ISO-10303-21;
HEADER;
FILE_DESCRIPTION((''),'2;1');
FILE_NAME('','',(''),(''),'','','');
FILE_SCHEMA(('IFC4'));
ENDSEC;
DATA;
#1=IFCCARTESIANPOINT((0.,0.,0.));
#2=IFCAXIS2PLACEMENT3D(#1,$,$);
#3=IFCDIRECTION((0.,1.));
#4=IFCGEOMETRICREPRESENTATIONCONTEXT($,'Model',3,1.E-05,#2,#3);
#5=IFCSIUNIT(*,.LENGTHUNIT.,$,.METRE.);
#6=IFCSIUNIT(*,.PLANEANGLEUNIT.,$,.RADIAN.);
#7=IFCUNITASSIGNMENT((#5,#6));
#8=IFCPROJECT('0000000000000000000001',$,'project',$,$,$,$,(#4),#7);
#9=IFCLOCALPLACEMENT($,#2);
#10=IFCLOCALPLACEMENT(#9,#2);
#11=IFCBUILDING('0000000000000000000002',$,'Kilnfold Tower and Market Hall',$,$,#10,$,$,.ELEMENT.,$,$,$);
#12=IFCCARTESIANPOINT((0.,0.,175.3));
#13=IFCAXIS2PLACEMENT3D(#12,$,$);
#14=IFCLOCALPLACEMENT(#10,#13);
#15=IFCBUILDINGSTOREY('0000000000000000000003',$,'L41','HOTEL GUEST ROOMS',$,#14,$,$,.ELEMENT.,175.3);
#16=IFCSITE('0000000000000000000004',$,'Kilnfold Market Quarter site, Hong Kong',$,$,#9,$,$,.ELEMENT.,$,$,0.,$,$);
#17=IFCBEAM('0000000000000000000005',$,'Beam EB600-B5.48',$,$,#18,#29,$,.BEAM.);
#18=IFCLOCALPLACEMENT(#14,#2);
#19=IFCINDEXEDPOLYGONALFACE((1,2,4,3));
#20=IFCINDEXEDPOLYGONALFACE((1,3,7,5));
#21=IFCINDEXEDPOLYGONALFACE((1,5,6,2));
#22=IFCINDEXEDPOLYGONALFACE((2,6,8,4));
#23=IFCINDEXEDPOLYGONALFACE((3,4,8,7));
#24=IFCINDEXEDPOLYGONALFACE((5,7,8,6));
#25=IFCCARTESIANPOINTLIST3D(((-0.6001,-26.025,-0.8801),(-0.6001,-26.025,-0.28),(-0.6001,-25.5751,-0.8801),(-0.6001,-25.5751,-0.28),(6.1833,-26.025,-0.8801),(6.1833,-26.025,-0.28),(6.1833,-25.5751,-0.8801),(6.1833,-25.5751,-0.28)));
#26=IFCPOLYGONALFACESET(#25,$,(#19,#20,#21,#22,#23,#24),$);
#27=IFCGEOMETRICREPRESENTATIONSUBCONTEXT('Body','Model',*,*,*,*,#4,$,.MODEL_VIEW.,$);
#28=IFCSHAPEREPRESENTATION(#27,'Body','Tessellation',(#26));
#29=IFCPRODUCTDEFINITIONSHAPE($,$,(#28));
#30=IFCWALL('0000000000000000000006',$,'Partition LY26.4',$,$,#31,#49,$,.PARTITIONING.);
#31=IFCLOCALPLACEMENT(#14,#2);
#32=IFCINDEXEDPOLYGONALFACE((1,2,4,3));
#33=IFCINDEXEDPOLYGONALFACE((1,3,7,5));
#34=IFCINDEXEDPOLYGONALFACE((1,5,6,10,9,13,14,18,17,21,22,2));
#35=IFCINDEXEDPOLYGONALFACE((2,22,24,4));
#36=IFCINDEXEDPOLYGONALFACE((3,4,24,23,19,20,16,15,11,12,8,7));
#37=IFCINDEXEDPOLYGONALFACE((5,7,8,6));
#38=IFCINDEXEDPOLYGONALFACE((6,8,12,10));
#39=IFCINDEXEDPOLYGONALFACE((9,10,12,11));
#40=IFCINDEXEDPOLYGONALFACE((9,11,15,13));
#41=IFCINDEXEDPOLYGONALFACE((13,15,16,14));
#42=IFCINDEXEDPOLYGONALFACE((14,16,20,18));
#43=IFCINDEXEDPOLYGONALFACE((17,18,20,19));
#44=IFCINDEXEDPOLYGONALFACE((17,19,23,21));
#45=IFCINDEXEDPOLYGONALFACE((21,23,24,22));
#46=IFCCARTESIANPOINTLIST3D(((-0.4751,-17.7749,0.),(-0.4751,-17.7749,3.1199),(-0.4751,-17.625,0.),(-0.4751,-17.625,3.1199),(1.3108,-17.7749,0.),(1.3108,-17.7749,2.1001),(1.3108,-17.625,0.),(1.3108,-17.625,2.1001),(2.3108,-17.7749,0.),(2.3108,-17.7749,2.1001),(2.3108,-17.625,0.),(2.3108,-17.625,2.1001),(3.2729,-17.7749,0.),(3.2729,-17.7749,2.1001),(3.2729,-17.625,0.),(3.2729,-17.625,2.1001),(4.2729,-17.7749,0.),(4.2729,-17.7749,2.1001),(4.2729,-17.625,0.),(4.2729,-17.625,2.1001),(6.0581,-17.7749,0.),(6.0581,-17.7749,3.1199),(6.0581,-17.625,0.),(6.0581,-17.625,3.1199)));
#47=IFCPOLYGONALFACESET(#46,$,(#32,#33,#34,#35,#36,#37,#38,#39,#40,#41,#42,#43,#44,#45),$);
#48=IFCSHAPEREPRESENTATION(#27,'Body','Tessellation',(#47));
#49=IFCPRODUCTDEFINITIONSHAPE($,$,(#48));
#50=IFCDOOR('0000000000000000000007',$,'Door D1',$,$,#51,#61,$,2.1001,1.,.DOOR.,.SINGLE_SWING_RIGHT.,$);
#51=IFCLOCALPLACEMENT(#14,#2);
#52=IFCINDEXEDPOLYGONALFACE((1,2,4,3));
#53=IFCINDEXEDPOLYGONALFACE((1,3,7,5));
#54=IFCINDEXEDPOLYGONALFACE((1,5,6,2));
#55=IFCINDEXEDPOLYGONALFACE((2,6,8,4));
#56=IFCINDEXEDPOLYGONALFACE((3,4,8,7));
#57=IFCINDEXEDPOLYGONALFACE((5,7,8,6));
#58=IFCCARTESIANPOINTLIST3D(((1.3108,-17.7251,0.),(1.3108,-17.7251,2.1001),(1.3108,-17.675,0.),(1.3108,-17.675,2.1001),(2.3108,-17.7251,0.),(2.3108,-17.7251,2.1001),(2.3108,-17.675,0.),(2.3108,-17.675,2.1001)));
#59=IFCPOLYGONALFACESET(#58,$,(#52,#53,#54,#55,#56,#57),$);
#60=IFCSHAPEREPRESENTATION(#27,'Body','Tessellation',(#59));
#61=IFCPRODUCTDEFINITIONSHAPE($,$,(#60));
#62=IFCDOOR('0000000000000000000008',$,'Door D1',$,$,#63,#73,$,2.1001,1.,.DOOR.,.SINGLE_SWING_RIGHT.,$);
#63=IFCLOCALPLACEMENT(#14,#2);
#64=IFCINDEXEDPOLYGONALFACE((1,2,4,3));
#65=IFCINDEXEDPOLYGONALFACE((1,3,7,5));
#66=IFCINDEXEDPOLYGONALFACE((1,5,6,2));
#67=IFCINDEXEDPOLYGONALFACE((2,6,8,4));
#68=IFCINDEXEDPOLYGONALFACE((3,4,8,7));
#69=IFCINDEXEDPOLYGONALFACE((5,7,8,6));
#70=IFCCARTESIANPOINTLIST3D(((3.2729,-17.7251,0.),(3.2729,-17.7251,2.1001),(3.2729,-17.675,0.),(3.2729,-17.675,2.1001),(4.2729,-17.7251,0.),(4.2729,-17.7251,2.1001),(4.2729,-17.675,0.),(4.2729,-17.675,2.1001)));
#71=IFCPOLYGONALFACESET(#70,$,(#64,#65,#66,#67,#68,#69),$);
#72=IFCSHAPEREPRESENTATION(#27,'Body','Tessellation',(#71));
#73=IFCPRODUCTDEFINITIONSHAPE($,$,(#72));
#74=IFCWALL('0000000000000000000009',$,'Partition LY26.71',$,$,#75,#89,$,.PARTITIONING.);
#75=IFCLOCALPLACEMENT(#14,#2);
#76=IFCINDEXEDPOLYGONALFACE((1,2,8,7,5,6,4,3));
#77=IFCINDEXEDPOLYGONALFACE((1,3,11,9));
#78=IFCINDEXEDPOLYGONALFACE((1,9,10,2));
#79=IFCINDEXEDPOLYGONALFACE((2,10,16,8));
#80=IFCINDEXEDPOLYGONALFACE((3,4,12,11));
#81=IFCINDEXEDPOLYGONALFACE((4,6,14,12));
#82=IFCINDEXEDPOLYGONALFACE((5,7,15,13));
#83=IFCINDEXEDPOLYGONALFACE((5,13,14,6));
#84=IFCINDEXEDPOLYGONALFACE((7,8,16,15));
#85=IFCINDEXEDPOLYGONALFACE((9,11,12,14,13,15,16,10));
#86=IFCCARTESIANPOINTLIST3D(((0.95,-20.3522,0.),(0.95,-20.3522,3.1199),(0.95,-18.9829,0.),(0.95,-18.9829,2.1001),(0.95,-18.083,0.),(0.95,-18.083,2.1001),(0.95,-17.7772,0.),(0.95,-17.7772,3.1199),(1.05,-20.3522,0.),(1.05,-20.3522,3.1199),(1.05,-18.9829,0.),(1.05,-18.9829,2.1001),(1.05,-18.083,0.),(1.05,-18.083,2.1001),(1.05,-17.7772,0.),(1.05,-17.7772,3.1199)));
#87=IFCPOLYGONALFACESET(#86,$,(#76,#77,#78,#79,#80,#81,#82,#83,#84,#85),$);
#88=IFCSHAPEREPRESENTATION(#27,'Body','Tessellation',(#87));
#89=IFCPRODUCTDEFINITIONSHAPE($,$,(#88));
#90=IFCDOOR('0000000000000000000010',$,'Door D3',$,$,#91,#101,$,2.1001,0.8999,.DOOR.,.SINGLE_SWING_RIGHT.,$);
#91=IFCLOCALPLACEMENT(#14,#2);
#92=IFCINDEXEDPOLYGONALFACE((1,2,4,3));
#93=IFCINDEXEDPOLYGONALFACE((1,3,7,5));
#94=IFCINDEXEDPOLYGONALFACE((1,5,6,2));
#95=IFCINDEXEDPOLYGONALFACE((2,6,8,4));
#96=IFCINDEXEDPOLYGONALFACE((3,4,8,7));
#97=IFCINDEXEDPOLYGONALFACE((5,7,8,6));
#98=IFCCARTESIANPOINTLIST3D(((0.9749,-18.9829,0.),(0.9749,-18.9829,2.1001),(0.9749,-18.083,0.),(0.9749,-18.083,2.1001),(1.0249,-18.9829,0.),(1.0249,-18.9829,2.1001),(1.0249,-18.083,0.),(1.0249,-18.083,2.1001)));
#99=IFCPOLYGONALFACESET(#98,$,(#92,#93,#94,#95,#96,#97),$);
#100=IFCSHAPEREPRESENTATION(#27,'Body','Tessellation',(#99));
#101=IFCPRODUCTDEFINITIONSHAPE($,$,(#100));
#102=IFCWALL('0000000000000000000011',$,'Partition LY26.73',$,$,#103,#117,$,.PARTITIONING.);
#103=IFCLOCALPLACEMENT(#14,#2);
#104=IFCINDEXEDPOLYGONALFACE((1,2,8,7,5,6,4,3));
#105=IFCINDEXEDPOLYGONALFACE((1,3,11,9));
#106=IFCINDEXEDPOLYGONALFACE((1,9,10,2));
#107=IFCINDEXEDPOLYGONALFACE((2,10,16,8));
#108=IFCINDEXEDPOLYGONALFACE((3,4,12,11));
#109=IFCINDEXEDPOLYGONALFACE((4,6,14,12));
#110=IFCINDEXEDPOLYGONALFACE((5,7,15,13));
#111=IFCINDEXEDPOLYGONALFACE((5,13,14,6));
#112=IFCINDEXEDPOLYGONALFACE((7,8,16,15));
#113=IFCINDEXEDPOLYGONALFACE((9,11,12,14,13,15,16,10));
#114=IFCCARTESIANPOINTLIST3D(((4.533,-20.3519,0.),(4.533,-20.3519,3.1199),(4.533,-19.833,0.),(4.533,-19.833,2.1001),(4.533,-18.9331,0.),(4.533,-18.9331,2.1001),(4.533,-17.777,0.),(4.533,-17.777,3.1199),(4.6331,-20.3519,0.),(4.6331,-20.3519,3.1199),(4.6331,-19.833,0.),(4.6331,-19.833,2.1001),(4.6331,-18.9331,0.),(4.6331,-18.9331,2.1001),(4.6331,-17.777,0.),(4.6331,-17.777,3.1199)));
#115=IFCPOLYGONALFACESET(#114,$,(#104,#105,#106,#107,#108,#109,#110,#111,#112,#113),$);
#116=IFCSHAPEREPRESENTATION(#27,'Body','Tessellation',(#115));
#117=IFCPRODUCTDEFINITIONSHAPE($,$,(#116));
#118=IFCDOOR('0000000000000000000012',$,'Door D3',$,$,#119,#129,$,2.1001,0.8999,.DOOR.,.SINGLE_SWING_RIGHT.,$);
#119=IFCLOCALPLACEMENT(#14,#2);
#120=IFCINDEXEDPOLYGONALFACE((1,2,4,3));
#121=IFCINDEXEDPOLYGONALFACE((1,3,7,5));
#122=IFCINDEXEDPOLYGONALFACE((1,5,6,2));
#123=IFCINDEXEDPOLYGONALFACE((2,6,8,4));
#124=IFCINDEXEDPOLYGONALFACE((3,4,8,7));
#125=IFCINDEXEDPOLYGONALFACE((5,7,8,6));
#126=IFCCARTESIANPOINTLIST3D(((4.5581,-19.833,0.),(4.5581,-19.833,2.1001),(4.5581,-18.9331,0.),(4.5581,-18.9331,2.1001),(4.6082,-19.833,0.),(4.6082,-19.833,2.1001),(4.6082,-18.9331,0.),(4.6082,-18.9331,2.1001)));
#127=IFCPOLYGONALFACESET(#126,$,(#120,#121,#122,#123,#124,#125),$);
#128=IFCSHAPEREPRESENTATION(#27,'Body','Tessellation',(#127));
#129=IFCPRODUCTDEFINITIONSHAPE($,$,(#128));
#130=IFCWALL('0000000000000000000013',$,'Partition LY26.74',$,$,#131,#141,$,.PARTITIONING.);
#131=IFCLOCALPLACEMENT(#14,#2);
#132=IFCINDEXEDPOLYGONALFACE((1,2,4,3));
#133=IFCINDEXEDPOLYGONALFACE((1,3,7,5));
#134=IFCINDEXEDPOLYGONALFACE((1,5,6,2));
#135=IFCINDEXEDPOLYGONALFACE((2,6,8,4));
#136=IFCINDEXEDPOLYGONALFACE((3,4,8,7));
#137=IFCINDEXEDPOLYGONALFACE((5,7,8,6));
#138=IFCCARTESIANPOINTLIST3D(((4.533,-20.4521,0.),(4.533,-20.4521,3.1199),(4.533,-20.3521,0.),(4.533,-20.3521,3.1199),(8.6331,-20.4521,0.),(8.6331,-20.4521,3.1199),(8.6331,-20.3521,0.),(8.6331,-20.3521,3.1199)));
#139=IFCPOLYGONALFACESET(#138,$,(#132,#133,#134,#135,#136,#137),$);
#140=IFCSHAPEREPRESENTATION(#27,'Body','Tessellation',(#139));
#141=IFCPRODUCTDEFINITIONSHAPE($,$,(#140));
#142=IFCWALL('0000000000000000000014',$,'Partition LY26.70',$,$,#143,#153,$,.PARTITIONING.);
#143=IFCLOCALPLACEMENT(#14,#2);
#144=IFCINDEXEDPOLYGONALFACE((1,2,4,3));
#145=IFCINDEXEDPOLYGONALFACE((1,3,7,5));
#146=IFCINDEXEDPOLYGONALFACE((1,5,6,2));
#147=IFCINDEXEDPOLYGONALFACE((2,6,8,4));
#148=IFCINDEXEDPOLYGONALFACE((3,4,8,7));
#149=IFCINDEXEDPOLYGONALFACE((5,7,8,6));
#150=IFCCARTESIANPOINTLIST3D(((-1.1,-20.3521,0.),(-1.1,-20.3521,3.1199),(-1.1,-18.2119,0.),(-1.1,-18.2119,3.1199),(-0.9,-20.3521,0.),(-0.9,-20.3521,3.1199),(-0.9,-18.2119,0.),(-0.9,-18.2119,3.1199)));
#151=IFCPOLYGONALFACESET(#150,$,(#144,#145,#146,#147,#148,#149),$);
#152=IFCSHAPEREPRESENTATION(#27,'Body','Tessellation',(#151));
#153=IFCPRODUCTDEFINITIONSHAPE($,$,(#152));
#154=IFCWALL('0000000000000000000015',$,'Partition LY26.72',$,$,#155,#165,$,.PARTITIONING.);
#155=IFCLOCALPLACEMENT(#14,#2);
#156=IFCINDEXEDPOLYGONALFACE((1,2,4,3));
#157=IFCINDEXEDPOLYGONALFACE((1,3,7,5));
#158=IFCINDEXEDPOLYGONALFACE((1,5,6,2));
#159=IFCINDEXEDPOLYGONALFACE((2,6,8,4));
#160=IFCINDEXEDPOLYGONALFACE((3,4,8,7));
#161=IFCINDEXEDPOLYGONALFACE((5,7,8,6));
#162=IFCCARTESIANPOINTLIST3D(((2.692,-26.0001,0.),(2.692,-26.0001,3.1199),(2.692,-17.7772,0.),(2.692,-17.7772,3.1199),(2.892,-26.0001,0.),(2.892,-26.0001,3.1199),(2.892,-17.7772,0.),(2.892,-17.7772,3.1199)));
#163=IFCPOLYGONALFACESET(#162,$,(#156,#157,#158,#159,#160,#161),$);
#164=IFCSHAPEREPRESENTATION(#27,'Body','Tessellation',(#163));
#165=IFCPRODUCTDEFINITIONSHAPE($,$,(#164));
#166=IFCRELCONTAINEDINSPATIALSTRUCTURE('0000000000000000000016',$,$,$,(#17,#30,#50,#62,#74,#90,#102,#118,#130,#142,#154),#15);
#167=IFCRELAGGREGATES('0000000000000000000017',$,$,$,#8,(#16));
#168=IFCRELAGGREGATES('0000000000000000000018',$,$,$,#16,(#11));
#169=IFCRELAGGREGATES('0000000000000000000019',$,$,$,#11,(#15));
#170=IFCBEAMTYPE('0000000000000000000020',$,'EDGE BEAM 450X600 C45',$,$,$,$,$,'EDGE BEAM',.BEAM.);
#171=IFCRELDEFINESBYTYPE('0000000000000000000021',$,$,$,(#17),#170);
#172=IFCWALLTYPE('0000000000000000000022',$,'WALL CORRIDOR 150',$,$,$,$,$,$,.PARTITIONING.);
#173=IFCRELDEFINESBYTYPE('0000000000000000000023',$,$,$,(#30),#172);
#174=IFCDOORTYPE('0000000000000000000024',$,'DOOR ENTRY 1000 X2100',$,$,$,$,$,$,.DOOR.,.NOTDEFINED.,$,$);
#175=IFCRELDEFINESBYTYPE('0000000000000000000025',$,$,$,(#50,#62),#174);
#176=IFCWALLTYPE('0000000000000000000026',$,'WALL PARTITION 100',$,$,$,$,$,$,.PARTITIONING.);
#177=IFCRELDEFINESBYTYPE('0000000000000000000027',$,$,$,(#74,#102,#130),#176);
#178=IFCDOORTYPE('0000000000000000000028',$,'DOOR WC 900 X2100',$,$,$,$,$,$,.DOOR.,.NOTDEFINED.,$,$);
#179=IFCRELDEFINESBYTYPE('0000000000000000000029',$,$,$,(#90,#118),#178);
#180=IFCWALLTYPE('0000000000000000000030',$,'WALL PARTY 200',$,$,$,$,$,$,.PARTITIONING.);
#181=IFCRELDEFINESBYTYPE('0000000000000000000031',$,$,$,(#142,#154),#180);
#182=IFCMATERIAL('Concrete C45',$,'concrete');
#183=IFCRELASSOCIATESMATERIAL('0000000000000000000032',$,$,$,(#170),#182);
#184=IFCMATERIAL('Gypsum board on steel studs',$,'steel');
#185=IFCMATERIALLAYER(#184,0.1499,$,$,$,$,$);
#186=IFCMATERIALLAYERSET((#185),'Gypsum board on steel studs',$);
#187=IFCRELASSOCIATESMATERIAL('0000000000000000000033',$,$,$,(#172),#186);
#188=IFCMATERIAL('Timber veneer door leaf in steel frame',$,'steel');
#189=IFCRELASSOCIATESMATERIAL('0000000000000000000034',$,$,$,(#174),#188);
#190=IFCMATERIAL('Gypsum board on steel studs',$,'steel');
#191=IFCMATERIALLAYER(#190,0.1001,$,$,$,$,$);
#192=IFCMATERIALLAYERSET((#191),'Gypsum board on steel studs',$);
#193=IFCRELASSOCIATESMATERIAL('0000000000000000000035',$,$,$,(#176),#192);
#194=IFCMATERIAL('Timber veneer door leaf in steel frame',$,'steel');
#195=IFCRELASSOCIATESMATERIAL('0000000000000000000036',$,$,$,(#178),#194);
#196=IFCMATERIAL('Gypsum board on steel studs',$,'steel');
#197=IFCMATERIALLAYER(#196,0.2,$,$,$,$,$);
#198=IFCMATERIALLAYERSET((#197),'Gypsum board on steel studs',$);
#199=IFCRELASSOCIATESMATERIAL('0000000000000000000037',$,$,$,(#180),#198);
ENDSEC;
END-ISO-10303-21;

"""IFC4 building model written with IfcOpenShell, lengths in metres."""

from ifc_helpers import new_model, si_unit, direction, frame, frame_2d, origin, origin_2d, place, context, subcontext, project, spatial, rectangle, extrude, source, transform, mapped, material, layer, layer_set, material_profile, profile_set, type_object, element, fill, save


model = new_model("IFC4")

# Units and contexts
model_context = context("Model", 3, precision=1e-05, world=origin(), true_north=direction((0.0, 1.0)))
body_context = subcontext(model_context, "Body", "Model", "MODEL_VIEW")
ifc_project = project(units=[si_unit("LENGTHUNIT", "METRE"), si_unit("PLANEANGLEUNIT", "RADIAN")], contexts=[model_context])

# Site, building, storey
site_placement = place(None, origin())
site = spatial("IfcSite", under=ifc_project, at=site_placement, Name="Kilnfold Market Quarter site, Hong Kong", CompositionType="ELEMENT", RefElevation=0.0)
building_placement = place(site_placement, origin())
building = spatial("IfcBuilding", under=site, at=building_placement, Name="Kilnfold Tower and Market Hall", CompositionType="ELEMENT")
storey_placement = place(building_placement, frame((0.0, 0.0, 175.3)))
storey = spatial("IfcBuildingStorey", under=building, at=storey_placement, Name="L41", Description="HOTEL GUEST ROOMS", CompositionType="ELEMENT", Elevation=175.3)

# Beam
ifc_material_1 = material(Name="Concrete C45", Category="concrete")
ifc_material_profile_1 = material_profile(ifc_material_1, rectangle(XDim=0.45, YDim=0.6001, at=origin_2d()), Name="RC 450x600")
ifc_profile_set_1 = profile_set([ifc_material_profile_1], Name="Concrete C45")
beam_type = type_object("IfcBeamType", Name="EDGE BEAM 450X600 C45", ElementType="EDGE BEAM", PredefinedType="BEAM", material=ifc_profile_set_1)
shared_shape_1 = source(origin(), body_context, "Body", "SweptSolid", [
    extrude(rectangle(XDim=0.45, YDim=0.6001, at=origin_2d()), origin(), (0.0, 0.0, 1.0), 6.7834),
])
beam_placement = place(storey_placement, frame((-0.6001, -25.8, -0.5801), z_axis=(1.0, 0.0, 0.0), x_axis=(0.0, 1.0, 0.0)))
element("IfcBeam", 1, at=beam_placement, inside=storey, type_object=beam_type, Name="Beam EB600-B5.48", PredefinedType="BEAM", context=body_context, shape_type="MappedRepresentation", body=[
    mapped(shared_shape_1, transform((0.0, 0.0, 0.0))),
])

# Wall, openings, doors
ifc_material_2 = material(Name="Gypsum board on steel studs", Category="steel")
ifc_layer_1 = layer(ifc_material_2, 0.1499)
ifc_layer_set_1 = layer_set([ifc_layer_1], Name="Gypsum board on steel studs")
wall_type_1 = type_object("IfcWallType", Name="WALL CORRIDOR 150", PredefinedType="PARTITIONING", material=ifc_layer_set_1)
wall_1_placement = place(storey_placement, frame((-0.4751, -17.7, 0.0), z_axis=(0.0, 0.0, 1.0), x_axis=(1.0, 0.0, 0.0)))
wall_1 = element("IfcWall", 2, at=wall_1_placement, inside=storey, type_object=wall_type_1, Name="Partition LY26.4", PredefinedType="PARTITIONING", context=body_context, shape_type="SweptSolid", body=[
    extrude(rectangle(XDim=6.5332, YDim=0.1499, at=frame_2d((3.2666, 0.0))), origin(), (0.0, 0.0, 1.0), 3.1199),
])
opening_1_placement = place(wall_1_placement, frame((1.7859, 0.0, 0.0)))
opening_1 = element("IfcOpeningElement", 3, at=opening_1_placement, cuts=wall_1, PredefinedType="OPENING", context=body_context, shape_type="SweptSolid", body=[
    extrude(rectangle(XDim=1.0, YDim=2.1001, at=frame_2d((0.5, 1.05))), frame((0.0, 0.085, 0.0), z_axis=(0.0, -1.0, 0.0), x_axis=(1.0, 0.0, 0.0)), (0.0, 0.0, 1.0), 0.1699),
])
opening_2_placement = place(wall_1_placement, frame((3.748, 0.0, 0.0)))
opening_2 = element("IfcOpeningElement", 4, at=opening_2_placement, cuts=wall_1, PredefinedType="OPENING", context=body_context, shape_type="SweptSolid", body=[
    extrude(rectangle(XDim=1.0, YDim=2.1001, at=frame_2d((0.5, 1.05))), frame((0.0, 0.085, 0.0), z_axis=(0.0, -1.0, 0.0), x_axis=(1.0, 0.0, 0.0)), (0.0, 0.0, 1.0), 0.1699),
])
ifc_material_3 = material(Name="Timber veneer door leaf in steel frame", Category="steel")
door_type_1 = type_object("IfcDoorType", Name="DOOR ENTRY 1000 X2100", OperationType="NOTDEFINED", PredefinedType="DOOR", material=ifc_material_3)
door_1_placement = place(opening_1_placement, origin())
door_1 = element("IfcDoor", 5, at=door_1_placement, inside=storey, type_object=door_type_1, Name="Door D1", OperationType="SINGLE_SWING_RIGHT", OverallHeight=2.1001, OverallWidth=1.0, PredefinedType="DOOR", context=body_context, shape_type="SweptSolid", body=[
    extrude(rectangle(XDim=1.0, YDim=2.1001, at=frame_2d((0.5, 1.05))), frame((0.0, 0.0249, 0.0), z_axis=(0.0, -1.0, 0.0), x_axis=(1.0, 0.0, 0.0)), (0.0, 0.0, 1.0), 0.05),
])
fill(opening_1, door_1)
door_2_placement = place(opening_2_placement, origin())
door_2 = element("IfcDoor", 6, at=door_2_placement, inside=storey, type_object=door_type_1, Name="Door D1", OperationType="SINGLE_SWING_RIGHT", OverallHeight=2.1001, OverallWidth=1.0, PredefinedType="DOOR", context=body_context, shape_type="SweptSolid", body=[
    extrude(rectangle(XDim=1.0, YDim=2.1001, at=frame_2d((0.5, 1.05))), frame((0.0, 0.0249, 0.0), z_axis=(0.0, -1.0, 0.0), x_axis=(1.0, 0.0, 0.0)), (0.0, 0.0, 1.0), 0.05),
])
fill(opening_2, door_2)

# Walls, openings, doors
ifc_material_4 = material(Name="Gypsum board on steel studs", Category="steel")
ifc_layer_2 = layer(ifc_material_4, 0.1001)
ifc_layer_set_2 = layer_set([ifc_layer_2], Name="Gypsum board on steel studs")
wall_type_2 = type_object("IfcWallType", Name="WALL PARTITION 100", PredefinedType="PARTITIONING", material=ifc_layer_set_2)
wall_2_placement = place(storey_placement, frame((1.0, -17.7771, 0.0), z_axis=(0.0, 0.0, 1.0), x_axis=(0.0, -1.0, 0.0)))
wall_2 = element("IfcWall", 7, at=wall_2_placement, inside=storey, type_object=wall_type_2, Name="Partition LY26.71", PredefinedType="PARTITIONING", context=body_context, shape_type="SweptSolid", body=[
    extrude(rectangle(XDim=2.575, YDim=0.1001, at=frame_2d((1.2876, 0.0))), origin(), (0.0, 0.0, 1.0), 3.1199),
])
opening_3_placement = place(wall_2_placement, frame((0.3059, 0.0, 0.0)))
opening_3 = element("IfcOpeningElement", 8, at=opening_3_placement, cuts=wall_2, PredefinedType="OPENING", context=body_context, shape_type="SweptSolid", body=[
    extrude(rectangle(XDim=0.8999, YDim=2.1001, at=frame_2d((0.45, 1.05))), frame((0.0, 0.0601, 0.0), z_axis=(0.0, -1.0, 0.0), x_axis=(1.0, 0.0, 0.0)), (0.0, 0.0, 1.0), 0.1201),
])
ifc_material_5 = material(Name="Timber veneer door leaf in steel frame", Category="steel")
door_type_2 = type_object("IfcDoorType", Name="DOOR WC 900 X2100", OperationType="NOTDEFINED", PredefinedType="DOOR", material=ifc_material_5)
door_3_placement = place(opening_3_placement, origin())
door_3 = element("IfcDoor", 9, at=door_3_placement, inside=storey, type_object=door_type_2, Name="Door D3", OperationType="SINGLE_SWING_RIGHT", OverallHeight=2.1001, OverallWidth=0.8999, PredefinedType="DOOR", context=body_context, shape_type="SweptSolid", body=[
    extrude(rectangle(XDim=0.8999, YDim=2.1001, at=frame_2d((0.45, 1.05))), frame((0.0, 0.0249, 0.0), z_axis=(0.0, -1.0, 0.0), x_axis=(1.0, 0.0, 0.0)), (0.0, 0.0, 1.0), 0.05),
])
fill(opening_3, door_3)
wall_3_placement = place(storey_placement, frame((4.583, -20.3521, 0.0), z_axis=(0.0, 0.0, 1.0), x_axis=(0.0, 1.0, 0.0)))
wall_3 = element("IfcWall", 10, at=wall_3_placement, inside=storey, type_object=wall_type_2, Name="Partition LY26.73", PredefinedType="PARTITIONING", context=body_context, shape_type="SweptSolid", body=[
    extrude(rectangle(XDim=2.575, YDim=0.1001, at=frame_2d((1.2876, 0.0))), origin(), (0.0, 0.0, 1.0), 3.1199),
])
opening_4_placement = place(wall_3_placement, frame((0.519, 0.0, 0.0)))
opening_4 = element("IfcOpeningElement", 11, at=opening_4_placement, cuts=wall_3, PredefinedType="OPENING", context=body_context, shape_type="SweptSolid", body=[
    extrude(rectangle(XDim=0.8999, YDim=2.1001, at=frame_2d((0.45, 1.05))), frame((0.0, 0.0601, 0.0), z_axis=(0.0, -1.0, 0.0), x_axis=(1.0, 0.0, 0.0)), (0.0, 0.0, 1.0), 0.1201),
])
door_4_placement = place(opening_4_placement, origin())
door_4 = element("IfcDoor", 12, at=door_4_placement, inside=storey, type_object=door_type_2, Name="Door D3", OperationType="SINGLE_SWING_RIGHT", OverallHeight=2.1001, OverallWidth=0.8999, PredefinedType="DOOR", context=body_context, shape_type="SweptSolid", body=[
    extrude(rectangle(XDim=0.8999, YDim=2.1001, at=frame_2d((0.45, 1.05))), frame((0.0, 0.0249, 0.0), z_axis=(0.0, -1.0, 0.0), x_axis=(1.0, 0.0, 0.0)), (0.0, 0.0, 1.0), 0.05),
])
fill(opening_4, door_4)

# Walls
wall_4_placement = place(storey_placement, frame((4.533, -20.4021, 0.0), z_axis=(0.0, 0.0, 1.0), x_axis=(1.0, 0.0, 0.0)))
element("IfcWall", 13, at=wall_4_placement, inside=storey, type_object=wall_type_2, Name="Partition LY26.74", PredefinedType="PARTITIONING", context=body_context, shape_type="SweptSolid", body=[
    extrude(rectangle(XDim=4.1001, YDim=0.1001, at=frame_2d((2.05, 0.0))), origin(), (0.0, 0.0, 1.0), 3.1199),
])
ifc_material_6 = material(Name="Gypsum board on steel studs", Category="steel")
ifc_layer_3 = layer(ifc_material_6, 0.2)
ifc_layer_set_3 = layer_set([ifc_layer_3], Name="Gypsum board on steel studs")
wall_type_3 = type_object("IfcWallType", Name="WALL PARTY 200", PredefinedType="PARTITIONING", material=ifc_layer_set_3)
wall_5_placement = place(storey_placement, frame((-1.0, -20.3521, 0.0), z_axis=(0.0, 0.0, 1.0), x_axis=(0.0, 1.0, 0.0)))
element("IfcWall", 14, at=wall_5_placement, inside=storey, type_object=wall_type_3, Name="Partition LY26.70", PredefinedType="PARTITIONING", context=body_context, shape_type="SweptSolid", body=[
    extrude(rectangle(XDim=2.1401, YDim=0.2, at=frame_2d((1.0701, 0.0))), origin(), (0.0, 0.0, 1.0), 3.1199),
])
wall_6_placement = place(storey_placement, frame((2.792, -26.0, 0.0), z_axis=(0.0, 0.0, 1.0), x_axis=(0.0, 1.0, 0.0)))
element("IfcWall", 15, at=wall_6_placement, inside=storey, type_object=wall_type_3, Name="Partition LY26.72", PredefinedType="PARTITIONING", context=body_context, shape_type="SweptSolid", body=[
    extrude(rectangle(XDim=8.2229, YDim=0.2, at=frame_2d((4.1113, 0.0))), origin(), (0.0, 0.0, 1.0), 3.1199),
])

save(model, "model.ifc")
